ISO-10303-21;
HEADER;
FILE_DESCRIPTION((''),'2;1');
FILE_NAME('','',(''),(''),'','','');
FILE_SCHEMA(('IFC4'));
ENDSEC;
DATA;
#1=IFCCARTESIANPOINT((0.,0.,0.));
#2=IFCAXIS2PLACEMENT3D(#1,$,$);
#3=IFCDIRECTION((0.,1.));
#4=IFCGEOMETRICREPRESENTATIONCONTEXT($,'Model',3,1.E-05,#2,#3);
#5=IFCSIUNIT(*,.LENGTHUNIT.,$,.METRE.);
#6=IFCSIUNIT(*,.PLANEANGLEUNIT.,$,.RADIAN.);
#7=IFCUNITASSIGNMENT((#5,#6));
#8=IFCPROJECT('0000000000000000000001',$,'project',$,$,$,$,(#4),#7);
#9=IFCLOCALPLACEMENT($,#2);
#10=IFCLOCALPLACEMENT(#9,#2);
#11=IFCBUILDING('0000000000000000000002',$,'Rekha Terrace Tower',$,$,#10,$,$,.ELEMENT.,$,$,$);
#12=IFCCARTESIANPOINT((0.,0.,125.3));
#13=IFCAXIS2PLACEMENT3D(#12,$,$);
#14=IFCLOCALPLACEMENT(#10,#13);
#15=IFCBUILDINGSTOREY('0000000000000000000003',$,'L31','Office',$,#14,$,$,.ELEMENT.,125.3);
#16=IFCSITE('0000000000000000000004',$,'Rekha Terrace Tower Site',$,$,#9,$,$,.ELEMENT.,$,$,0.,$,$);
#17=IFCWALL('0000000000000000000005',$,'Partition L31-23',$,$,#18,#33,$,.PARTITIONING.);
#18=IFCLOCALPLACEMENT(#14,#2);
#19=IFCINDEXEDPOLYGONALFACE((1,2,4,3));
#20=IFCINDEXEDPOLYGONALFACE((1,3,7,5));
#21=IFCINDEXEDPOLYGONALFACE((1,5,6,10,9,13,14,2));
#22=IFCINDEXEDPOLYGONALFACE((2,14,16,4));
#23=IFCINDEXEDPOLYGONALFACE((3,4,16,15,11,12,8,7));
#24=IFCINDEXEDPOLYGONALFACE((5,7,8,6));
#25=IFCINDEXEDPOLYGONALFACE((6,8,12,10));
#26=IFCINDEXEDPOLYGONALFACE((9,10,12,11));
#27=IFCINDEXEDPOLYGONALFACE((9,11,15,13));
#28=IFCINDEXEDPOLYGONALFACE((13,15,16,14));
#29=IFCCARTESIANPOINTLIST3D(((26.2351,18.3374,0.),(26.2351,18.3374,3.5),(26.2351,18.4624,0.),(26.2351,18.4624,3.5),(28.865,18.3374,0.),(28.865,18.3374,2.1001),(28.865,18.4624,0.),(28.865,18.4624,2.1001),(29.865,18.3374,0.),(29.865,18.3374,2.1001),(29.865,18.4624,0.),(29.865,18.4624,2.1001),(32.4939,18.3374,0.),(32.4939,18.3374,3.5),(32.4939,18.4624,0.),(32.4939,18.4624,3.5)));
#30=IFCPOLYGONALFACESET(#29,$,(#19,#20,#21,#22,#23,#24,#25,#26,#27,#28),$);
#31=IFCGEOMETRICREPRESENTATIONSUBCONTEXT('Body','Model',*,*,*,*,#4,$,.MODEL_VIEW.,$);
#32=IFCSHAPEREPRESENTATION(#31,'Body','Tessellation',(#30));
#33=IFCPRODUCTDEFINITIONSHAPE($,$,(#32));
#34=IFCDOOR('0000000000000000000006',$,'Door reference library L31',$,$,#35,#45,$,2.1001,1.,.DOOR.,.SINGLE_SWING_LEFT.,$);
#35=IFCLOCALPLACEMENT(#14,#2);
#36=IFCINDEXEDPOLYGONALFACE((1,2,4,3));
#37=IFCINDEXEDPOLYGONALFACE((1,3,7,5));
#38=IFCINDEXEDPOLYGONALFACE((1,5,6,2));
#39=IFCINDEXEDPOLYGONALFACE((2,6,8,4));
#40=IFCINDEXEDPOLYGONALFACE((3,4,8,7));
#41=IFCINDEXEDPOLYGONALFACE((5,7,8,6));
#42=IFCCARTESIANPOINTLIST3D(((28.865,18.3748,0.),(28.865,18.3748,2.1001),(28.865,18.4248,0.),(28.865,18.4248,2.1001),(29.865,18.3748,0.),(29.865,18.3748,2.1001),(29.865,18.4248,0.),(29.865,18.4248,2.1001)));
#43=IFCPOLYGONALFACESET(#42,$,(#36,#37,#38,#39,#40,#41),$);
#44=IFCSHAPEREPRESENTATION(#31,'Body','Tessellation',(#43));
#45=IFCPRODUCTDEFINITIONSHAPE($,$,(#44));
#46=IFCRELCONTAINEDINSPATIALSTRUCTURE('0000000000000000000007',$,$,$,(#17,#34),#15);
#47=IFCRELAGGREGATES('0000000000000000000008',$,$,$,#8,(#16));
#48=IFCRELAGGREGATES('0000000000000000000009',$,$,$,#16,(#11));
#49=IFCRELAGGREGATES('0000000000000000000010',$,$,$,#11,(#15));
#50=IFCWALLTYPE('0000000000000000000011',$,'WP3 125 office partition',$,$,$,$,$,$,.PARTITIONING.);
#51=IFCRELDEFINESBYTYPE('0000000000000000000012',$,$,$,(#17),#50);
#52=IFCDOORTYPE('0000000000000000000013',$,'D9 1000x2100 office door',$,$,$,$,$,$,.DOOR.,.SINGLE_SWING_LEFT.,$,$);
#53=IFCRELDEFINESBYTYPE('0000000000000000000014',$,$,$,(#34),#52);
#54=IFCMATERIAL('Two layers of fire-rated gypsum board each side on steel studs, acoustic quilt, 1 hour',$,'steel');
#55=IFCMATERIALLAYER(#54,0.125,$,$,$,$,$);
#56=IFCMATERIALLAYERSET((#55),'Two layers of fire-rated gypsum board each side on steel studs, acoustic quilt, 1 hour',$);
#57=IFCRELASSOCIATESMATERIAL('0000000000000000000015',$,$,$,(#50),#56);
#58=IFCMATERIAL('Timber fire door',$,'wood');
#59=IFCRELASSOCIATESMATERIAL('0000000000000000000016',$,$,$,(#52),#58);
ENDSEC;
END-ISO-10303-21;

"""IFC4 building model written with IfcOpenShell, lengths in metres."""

from ifc_helpers import new_model, si_unit, direction, frame, frame_2d, origin, place, context, subcontext, project, spatial, rectangle, extrude, material, layer, layer_set, type_object, element, fill, save


model = new_model("IFC4")

# Units and contexts
model_context = context("Model", 3, precision=1e-05, world=origin(), true_north=direction((0.0, 1.0)))
body_context = subcontext(model_context, "Body", "Model", "MODEL_VIEW")
ifc_project = project(units=[si_unit("LENGTHUNIT", "METRE"), si_unit("PLANEANGLEUNIT", "RADIAN")], contexts=[model_context])

# Site, building, storey
site_placement = place(None, origin())
site = spatial("IfcSite", under=ifc_project, at=site_placement, Name="Rekha Terrace Tower Site", CompositionType="ELEMENT", RefElevation=0.0)
building_placement = place(site_placement, origin())
building = spatial("IfcBuilding", under=site, at=building_placement, Name="Rekha Terrace Tower", CompositionType="ELEMENT")
storey_placement = place(building_placement, frame((0.0, 0.0, 125.3)))
storey = spatial("IfcBuildingStorey", under=building, at=storey_placement, Name="L31", Description="Office", CompositionType="ELEMENT", Elevation=125.3)

# Shared definitions
ifc_material_1 = material(Name="Two layers of fire-rated gypsum board each side on steel studs, acoustic quilt, 1 hour", Category="steel")
ifc_layer_1 = layer(ifc_material_1, 0.125)
ifc_layer_set_1 = layer_set([ifc_layer_1], Name="Two layers of fire-rated gypsum board each side on steel studs, acoustic quilt, 1 hour")
wall_type_1 = type_object("IfcWallType", Name="WP3 125 office partition", PredefinedType="PARTITIONING", material=ifc_layer_set_1)

# Wall, opening, door
wall_1_placement = place(storey_placement, frame((26.2351, 18.3999, 0.0), z_axis=(0.0, 0.0, 1.0), x_axis=(1.0, 0.0, 0.0)))
wall_1 = element("IfcWall", 1, at=wall_1_placement, inside=storey, type_object=wall_type_1, Name="Partition L31-23", PredefinedType="PARTITIONING", context=body_context, shape_type="SweptSolid", body=[
    extrude(rectangle(XDim=6.2588, YDim=0.125, at=frame_2d((3.1294, 0.0))), origin(), (0.0, 0.0, 1.0), 3.5),
])
opening_1_placement = place(wall_1_placement, frame((2.6299, 0.0, 0.0)))
opening_1 = element("IfcOpeningElement", 2, at=opening_1_placement, cuts=wall_1, PredefinedType="OPENING", context=body_context, shape_type="SweptSolid", body=[
    extrude(rectangle(XDim=1.0, YDim=2.1001, at=frame_2d((0.5, 1.05))), frame((0.0, 0.0725, 0.0), z_axis=(0.0, -1.0, 0.0), x_axis=(1.0, 0.0, 0.0)), (0.0, 0.0, 1.0), 0.145),
])
ifc_material_2 = material(Name="Timber fire door", Category="wood")
door_type_1 = type_object("IfcDoorType", Name="D9 1000x2100 office door", OperationType="SINGLE_SWING_LEFT", PredefinedType="DOOR", material=ifc_material_2)
door_1_placement = place(opening_1_placement, origin())
door_1 = element("IfcDoor", 3, at=door_1_placement, inside=storey, type_object=door_type_1, Name="Door reference library L31", OperationType="SINGLE_SWING_LEFT", OverallHeight=2.1001, OverallWidth=1.0, PredefinedType="DOOR", context=body_context, shape_type="SweptSolid", body=[
    extrude(rectangle(XDim=1.0, YDim=2.1001, at=frame_2d((0.5, 1.05))), frame((0.0, 0.0249, 0.0), z_axis=(0.0, -1.0, 0.0), x_axis=(1.0, 0.0, 0.0)), (0.0, 0.0, 1.0), 0.05),
])
fill(opening_1, door_1)

save(model, "model.ifc")
